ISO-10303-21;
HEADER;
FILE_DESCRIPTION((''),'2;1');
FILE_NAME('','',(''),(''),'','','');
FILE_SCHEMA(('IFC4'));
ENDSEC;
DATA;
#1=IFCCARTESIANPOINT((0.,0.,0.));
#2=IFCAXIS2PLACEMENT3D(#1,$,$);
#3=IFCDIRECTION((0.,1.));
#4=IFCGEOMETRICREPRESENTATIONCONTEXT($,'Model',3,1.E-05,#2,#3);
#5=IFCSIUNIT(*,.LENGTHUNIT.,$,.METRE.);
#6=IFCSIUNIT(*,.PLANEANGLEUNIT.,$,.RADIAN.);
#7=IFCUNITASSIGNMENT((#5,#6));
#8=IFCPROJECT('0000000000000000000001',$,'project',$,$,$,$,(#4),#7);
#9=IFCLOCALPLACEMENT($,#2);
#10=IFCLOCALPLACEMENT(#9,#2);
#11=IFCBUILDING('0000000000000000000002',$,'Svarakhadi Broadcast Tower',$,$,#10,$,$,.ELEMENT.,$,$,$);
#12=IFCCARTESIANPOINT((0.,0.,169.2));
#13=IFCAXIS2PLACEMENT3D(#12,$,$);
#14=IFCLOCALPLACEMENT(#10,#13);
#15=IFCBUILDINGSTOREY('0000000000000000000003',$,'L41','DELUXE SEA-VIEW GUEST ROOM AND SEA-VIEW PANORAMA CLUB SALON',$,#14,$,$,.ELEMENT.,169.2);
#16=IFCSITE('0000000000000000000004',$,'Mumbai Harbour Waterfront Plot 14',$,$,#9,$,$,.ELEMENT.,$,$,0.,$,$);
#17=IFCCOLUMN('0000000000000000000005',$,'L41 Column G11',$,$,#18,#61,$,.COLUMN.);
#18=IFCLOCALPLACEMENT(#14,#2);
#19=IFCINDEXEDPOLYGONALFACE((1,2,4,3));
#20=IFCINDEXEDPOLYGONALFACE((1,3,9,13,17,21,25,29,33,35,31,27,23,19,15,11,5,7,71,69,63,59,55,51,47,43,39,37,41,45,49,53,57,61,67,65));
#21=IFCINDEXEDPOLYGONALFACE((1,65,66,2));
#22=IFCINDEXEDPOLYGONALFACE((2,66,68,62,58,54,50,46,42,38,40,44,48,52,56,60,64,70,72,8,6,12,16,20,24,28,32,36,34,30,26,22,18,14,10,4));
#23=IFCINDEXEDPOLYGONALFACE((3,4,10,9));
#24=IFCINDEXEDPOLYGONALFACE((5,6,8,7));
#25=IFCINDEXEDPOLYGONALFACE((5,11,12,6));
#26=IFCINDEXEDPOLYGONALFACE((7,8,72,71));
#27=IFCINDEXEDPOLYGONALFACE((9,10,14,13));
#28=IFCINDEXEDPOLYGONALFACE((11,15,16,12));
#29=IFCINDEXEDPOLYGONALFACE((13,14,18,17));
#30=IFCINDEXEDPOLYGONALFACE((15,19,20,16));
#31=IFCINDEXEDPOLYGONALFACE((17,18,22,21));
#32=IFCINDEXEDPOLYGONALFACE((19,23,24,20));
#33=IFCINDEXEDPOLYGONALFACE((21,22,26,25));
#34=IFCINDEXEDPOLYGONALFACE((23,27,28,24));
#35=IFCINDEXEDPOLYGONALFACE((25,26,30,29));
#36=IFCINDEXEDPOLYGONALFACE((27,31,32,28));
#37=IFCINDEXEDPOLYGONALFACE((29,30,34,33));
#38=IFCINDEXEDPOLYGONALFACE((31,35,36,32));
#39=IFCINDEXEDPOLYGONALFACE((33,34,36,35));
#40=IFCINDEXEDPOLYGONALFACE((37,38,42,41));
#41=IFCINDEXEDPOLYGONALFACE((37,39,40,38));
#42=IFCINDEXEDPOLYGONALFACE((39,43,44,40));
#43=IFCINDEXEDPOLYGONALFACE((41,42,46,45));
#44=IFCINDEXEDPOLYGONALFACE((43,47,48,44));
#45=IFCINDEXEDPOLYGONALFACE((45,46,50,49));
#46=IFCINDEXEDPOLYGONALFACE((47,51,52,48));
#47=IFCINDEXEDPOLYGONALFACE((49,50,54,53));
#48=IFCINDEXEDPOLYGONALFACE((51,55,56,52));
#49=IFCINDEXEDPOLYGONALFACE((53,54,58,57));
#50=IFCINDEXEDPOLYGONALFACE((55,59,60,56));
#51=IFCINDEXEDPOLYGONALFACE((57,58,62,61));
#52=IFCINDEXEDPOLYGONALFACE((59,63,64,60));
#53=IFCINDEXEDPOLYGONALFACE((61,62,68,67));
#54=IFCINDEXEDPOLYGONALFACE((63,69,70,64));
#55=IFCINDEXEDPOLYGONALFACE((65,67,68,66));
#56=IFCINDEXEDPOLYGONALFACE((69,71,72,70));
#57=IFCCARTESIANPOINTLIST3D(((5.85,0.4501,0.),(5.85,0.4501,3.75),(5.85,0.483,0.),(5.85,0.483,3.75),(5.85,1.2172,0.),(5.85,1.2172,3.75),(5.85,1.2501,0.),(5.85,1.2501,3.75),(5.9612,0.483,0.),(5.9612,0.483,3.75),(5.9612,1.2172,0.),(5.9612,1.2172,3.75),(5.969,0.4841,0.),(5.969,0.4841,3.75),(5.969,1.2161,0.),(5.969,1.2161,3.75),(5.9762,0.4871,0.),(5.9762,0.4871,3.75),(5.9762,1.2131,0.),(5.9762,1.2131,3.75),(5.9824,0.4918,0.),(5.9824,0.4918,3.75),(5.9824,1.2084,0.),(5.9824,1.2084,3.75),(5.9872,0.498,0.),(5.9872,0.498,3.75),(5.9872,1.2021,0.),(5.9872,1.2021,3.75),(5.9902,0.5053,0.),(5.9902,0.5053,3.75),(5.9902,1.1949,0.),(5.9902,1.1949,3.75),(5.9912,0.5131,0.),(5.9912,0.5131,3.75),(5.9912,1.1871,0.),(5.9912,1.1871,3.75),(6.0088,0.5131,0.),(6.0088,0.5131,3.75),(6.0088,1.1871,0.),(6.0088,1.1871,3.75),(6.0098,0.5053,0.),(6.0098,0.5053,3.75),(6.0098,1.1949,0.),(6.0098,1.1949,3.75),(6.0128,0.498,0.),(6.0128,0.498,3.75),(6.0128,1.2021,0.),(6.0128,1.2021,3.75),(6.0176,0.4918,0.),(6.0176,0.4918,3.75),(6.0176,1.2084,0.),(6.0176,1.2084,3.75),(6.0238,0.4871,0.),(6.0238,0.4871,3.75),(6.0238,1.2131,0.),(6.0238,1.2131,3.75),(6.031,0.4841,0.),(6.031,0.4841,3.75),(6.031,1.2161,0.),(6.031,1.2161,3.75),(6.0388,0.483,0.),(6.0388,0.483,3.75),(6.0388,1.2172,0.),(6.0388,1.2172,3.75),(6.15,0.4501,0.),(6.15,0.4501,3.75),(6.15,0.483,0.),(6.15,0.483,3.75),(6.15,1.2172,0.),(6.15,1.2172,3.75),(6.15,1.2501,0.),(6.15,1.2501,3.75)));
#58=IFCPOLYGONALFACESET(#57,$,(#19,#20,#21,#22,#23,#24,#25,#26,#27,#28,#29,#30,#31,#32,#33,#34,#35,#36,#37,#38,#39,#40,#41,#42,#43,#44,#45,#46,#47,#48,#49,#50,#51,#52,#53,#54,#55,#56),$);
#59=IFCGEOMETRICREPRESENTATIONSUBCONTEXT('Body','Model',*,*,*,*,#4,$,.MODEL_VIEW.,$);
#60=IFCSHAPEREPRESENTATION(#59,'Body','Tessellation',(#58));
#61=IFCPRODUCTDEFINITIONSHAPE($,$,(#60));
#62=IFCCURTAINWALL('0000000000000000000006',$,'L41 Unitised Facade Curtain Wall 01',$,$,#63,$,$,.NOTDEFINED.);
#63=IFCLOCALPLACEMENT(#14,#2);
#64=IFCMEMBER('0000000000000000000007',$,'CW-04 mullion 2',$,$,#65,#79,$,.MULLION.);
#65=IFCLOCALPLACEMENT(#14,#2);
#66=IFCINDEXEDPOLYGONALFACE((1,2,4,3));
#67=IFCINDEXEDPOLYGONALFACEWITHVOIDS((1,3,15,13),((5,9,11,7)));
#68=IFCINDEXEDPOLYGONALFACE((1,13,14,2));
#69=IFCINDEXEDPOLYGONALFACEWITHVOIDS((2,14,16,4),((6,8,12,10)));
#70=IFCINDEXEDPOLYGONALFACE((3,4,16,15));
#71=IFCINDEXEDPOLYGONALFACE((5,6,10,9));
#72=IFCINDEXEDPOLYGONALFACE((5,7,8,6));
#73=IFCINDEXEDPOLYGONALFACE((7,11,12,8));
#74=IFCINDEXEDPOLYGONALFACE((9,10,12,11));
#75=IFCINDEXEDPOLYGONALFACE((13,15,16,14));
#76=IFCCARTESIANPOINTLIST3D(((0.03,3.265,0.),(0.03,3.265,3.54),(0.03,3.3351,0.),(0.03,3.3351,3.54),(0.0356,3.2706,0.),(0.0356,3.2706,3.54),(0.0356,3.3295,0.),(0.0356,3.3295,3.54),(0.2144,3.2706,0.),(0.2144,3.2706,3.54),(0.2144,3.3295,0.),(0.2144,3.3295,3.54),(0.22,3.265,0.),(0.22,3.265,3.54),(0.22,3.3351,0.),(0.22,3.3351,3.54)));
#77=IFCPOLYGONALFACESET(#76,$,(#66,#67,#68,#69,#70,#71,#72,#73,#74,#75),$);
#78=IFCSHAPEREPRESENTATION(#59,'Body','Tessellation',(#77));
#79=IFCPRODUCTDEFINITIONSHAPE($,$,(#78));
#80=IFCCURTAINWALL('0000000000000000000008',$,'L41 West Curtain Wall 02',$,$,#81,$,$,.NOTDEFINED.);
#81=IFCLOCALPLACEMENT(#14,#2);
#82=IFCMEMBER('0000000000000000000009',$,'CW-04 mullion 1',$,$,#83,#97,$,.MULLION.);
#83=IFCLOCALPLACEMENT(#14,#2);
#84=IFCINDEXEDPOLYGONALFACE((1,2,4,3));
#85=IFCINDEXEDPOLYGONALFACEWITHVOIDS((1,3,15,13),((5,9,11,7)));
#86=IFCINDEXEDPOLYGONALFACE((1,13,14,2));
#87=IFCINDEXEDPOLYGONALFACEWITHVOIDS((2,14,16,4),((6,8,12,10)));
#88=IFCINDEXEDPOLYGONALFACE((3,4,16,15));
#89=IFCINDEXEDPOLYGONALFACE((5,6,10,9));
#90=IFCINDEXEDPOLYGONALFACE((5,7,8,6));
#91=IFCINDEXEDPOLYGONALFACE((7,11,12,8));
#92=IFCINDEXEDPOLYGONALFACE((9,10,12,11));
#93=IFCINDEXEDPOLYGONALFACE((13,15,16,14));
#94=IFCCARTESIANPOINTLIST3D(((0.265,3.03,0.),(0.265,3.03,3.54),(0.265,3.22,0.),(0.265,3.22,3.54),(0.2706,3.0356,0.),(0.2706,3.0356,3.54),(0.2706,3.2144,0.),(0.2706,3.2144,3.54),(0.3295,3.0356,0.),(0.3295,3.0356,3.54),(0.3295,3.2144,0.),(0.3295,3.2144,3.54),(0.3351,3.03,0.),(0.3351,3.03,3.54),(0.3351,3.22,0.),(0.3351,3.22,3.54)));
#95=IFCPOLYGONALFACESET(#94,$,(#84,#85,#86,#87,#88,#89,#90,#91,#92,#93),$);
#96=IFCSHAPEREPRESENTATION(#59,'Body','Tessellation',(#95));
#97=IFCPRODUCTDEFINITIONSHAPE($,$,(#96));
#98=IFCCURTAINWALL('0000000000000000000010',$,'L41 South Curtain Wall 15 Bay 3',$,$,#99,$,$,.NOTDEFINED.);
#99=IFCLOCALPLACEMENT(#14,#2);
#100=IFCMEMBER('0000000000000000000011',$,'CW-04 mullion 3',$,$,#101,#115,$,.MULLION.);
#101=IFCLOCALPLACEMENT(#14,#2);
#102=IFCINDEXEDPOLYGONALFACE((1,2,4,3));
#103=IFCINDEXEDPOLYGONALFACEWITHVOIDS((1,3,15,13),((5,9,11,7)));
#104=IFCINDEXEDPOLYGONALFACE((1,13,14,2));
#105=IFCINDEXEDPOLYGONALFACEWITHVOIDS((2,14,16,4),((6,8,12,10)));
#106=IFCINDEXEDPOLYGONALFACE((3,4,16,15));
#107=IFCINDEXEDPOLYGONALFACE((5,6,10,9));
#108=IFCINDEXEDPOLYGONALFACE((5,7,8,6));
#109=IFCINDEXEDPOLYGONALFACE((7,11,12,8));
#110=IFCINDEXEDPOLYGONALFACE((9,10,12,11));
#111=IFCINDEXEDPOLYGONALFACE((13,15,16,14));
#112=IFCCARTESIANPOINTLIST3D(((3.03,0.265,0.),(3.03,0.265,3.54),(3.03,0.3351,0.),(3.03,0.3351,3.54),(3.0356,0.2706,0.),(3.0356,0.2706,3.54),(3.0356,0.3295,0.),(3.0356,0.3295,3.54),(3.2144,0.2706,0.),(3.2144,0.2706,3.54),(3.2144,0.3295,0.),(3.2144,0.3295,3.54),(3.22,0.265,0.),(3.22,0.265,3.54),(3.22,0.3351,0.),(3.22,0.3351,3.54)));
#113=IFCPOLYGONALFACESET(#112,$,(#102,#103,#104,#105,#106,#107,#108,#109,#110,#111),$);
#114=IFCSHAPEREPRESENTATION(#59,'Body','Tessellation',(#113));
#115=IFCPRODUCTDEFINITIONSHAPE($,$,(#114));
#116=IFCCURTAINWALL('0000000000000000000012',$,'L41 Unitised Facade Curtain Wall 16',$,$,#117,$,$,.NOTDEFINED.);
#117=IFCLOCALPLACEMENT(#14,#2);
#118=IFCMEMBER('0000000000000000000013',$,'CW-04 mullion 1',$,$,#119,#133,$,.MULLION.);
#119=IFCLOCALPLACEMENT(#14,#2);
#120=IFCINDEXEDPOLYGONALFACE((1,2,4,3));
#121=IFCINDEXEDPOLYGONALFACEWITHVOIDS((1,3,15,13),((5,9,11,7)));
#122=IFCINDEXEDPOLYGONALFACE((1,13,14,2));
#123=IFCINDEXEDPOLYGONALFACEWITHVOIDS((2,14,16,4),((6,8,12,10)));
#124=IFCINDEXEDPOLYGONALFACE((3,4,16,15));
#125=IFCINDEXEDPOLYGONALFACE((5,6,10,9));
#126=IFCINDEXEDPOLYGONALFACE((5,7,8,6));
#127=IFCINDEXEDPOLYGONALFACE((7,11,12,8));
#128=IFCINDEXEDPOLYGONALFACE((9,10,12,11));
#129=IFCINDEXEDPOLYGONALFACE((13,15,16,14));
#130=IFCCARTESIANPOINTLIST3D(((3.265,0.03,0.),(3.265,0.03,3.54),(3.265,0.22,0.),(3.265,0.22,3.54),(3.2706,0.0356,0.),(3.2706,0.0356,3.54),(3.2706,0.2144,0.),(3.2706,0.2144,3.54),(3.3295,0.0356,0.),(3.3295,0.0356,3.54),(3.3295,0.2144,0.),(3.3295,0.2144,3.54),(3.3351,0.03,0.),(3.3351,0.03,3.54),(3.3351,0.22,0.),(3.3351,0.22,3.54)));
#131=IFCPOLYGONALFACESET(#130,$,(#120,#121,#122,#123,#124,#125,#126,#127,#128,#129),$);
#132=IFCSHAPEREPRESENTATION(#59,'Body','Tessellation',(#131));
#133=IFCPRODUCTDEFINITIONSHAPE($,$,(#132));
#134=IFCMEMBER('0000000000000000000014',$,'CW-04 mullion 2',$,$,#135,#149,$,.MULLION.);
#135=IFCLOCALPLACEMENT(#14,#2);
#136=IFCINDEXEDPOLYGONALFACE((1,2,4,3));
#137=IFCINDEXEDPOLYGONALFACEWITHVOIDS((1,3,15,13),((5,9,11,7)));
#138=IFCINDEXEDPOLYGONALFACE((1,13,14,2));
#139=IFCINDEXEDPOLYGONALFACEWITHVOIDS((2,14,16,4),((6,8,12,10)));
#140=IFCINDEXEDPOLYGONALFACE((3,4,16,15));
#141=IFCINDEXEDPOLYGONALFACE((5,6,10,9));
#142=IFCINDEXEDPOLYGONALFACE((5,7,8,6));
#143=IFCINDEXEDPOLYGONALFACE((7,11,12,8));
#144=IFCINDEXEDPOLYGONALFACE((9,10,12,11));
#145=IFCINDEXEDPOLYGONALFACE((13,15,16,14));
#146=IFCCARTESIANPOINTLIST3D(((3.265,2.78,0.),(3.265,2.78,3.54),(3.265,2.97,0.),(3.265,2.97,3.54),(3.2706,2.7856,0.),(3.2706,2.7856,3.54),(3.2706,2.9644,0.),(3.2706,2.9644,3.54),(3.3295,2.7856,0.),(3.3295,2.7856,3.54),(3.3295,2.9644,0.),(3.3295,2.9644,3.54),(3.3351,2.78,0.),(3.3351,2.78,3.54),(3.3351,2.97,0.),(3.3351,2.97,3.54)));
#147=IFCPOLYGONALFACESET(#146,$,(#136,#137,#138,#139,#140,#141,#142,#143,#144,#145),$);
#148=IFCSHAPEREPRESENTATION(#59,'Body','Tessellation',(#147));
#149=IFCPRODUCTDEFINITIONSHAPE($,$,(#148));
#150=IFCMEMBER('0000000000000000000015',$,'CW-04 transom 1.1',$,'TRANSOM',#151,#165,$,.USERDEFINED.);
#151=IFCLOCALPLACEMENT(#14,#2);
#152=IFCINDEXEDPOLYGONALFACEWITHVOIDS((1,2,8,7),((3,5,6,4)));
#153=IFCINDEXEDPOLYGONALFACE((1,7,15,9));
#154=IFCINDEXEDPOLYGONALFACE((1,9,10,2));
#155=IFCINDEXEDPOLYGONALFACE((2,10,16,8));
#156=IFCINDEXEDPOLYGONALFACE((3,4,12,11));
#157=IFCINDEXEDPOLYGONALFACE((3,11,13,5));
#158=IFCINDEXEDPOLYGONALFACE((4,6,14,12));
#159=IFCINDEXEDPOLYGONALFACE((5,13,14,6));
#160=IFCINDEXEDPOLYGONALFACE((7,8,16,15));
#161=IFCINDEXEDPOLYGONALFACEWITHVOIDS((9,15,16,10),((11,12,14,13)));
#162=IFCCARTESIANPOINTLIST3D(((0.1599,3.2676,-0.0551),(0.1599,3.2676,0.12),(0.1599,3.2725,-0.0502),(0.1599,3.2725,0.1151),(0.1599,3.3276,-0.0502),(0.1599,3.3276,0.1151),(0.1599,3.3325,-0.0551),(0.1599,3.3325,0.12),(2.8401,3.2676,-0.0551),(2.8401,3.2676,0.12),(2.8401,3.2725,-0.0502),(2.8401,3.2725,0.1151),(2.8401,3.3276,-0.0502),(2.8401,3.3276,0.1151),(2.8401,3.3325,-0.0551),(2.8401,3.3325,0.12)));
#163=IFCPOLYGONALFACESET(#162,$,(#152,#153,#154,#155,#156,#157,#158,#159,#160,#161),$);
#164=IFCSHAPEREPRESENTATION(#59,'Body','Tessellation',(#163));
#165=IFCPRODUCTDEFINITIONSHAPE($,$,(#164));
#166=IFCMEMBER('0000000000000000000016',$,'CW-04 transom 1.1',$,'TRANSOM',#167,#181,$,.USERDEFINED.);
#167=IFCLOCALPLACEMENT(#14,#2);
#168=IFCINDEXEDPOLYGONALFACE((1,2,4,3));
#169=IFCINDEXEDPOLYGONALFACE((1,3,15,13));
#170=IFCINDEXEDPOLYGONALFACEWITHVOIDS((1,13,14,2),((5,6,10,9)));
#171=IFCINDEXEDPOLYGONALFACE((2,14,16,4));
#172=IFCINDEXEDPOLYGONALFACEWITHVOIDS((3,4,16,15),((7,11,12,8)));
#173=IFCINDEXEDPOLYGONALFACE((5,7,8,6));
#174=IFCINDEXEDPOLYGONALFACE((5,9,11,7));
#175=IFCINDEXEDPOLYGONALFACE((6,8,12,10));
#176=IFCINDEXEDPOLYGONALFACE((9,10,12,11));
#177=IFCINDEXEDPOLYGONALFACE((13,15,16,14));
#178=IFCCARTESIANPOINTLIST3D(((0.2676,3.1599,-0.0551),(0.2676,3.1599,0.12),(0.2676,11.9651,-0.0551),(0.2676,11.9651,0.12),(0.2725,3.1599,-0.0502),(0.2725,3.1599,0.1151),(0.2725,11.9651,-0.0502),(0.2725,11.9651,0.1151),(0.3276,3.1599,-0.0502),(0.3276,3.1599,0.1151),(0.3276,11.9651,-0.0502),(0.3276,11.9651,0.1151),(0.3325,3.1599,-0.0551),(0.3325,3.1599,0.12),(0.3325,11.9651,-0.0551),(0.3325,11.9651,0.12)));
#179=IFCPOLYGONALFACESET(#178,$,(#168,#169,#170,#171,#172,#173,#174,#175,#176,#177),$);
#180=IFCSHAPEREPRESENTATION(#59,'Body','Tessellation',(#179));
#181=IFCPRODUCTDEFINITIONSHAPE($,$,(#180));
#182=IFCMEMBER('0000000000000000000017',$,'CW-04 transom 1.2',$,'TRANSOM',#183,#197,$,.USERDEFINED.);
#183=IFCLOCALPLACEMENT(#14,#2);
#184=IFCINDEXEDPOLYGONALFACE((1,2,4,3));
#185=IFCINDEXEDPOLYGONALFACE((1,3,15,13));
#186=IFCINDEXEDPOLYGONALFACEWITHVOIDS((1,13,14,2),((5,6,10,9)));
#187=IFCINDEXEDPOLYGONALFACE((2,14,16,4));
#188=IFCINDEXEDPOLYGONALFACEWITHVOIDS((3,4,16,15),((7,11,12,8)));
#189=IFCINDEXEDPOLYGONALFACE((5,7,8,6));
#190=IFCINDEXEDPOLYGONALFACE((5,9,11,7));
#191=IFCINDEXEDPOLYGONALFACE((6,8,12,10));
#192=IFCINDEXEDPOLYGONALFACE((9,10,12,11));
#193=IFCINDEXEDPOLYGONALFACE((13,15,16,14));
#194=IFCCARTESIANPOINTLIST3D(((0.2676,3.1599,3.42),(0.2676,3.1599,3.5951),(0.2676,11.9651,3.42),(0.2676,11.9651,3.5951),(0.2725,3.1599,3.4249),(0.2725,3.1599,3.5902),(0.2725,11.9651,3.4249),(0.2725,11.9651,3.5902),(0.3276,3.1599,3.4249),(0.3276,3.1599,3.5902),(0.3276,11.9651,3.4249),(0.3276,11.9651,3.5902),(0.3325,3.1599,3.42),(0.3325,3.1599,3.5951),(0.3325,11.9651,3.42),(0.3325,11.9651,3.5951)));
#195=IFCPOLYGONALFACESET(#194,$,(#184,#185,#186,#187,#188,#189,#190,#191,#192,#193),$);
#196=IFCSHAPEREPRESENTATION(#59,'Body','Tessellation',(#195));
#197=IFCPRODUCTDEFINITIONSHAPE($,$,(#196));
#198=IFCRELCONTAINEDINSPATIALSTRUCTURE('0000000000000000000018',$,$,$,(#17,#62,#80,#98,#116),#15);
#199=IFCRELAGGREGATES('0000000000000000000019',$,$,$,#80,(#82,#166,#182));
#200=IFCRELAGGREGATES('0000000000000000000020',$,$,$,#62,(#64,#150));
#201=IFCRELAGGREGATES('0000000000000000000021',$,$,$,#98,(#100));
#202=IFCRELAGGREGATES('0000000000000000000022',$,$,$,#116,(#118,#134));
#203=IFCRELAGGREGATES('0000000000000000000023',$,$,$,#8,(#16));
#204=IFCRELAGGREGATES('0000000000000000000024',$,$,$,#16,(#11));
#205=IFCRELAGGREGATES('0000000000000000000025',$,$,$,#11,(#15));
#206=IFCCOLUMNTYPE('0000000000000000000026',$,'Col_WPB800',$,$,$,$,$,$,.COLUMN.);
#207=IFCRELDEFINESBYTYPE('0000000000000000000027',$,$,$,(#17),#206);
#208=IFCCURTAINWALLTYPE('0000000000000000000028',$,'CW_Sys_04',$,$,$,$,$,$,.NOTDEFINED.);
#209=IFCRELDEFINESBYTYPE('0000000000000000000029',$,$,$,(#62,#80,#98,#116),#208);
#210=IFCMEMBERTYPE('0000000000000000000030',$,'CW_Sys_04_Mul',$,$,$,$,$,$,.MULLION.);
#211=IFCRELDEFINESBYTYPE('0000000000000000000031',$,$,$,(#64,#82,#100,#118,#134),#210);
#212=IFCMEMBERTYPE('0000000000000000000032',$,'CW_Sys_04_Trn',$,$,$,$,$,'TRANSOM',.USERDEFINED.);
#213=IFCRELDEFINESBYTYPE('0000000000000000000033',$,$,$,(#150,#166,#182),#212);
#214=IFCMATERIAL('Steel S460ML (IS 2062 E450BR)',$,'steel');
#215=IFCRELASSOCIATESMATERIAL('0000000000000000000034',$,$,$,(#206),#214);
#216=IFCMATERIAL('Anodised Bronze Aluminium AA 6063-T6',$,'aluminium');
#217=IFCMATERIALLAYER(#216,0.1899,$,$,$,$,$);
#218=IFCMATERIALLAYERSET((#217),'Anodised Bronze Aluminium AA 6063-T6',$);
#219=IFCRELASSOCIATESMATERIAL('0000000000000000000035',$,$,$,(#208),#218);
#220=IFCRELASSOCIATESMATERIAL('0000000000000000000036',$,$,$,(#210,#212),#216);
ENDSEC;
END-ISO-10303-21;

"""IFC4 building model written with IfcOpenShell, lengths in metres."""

from ifc_helpers import new_model, si_unit, direction, frame, origin, origin_2d, place, context, subcontext, project, spatial, hollow_rectangle, i_section, extrude, material, layer, layer_set, material_profile, profile_set, type_object, element, aggregate, save


model = new_model("IFC4")

# Units and contexts
model_context = context("Model", 3, precision=1e-05, world=origin(), true_north=direction((0.0, 1.0)))
body_context = subcontext(model_context, "Body", "Model", "MODEL_VIEW")
ifc_project = project(units=[si_unit("LENGTHUNIT", "METRE"), si_unit("PLANEANGLEUNIT", "RADIAN")], contexts=[model_context])

# Site, building, storey
site_placement = place(None, origin())
site = spatial("IfcSite", under=ifc_project, at=site_placement, Name="Mumbai Harbour Waterfront Plot 14", CompositionType="ELEMENT", RefElevation=0.0)
building_placement = place(site_placement, origin())
building = spatial("IfcBuilding", under=site, at=building_placement, Name="Svarakhadi Broadcast Tower", CompositionType="ELEMENT")
storey_placement = place(building_placement, frame((0.0, 0.0, 169.2)))
storey = spatial("IfcBuildingStorey", under=building, at=storey_placement, Name="L41", Description="DELUXE SEA-VIEW GUEST ROOM AND SEA-VIEW PANORAMA CLUB SALON", CompositionType="ELEMENT", Elevation=169.2)

# Column
ifc_material_1 = material(Name="Steel S460ML (IS 2062 E450BR)", Category="steel")
ifc_material_profile_1 = material_profile(ifc_material_1, i_section(OverallWidth=0.3, OverallDepth=0.8, WebThickness=0.0176, FlangeThickness=0.033, FilletRadius=0.03, at=origin_2d()), Name="WPB 800x300x262")
ifc_profile_set_1 = profile_set([ifc_material_profile_1], Name="Steel S460ML (IS 2062 E450BR)")
column_type = type_object("IfcColumnType", Name="Col_WPB800", PredefinedType="COLUMN", material=ifc_profile_set_1)
column_placement = place(storey_placement, frame((6.0, 0.8501, 0.0), z_axis=(0.0, 0.0, 1.0), x_axis=(1.0, 0.0, 0.0)))
element("IfcColumn", 1, at=column_placement, inside=storey, type_object=column_type, Name="L41 Column G11", PredefinedType="COLUMN", context=body_context, shape_type="SweptSolid", body=[
    extrude(i_section(OverallWidth=0.3, OverallDepth=0.8, WebThickness=0.0176, FlangeThickness=0.033, FilletRadius=0.03, at=origin_2d()), origin(), (0.0, 0.0, 1.0), 3.75),
])

# Curtain walls, members
ifc_material_2 = material(Name="Anodised Bronze Aluminium AA 6063-T6", Category="aluminium")
ifc_layer_1 = layer(ifc_material_2, 0.1899)
ifc_layer_set_1 = layer_set([ifc_layer_1], Name="Anodised Bronze Aluminium AA 6063-T6")
curtain_wall_type = type_object("IfcCurtainWallType", Name="CW_Sys_04", PredefinedType="NOTDEFINED", material=ifc_layer_set_1)
curtain_wall_1_placement = place(storey_placement, origin())
curtain_wall_1 = element("IfcCurtainWall", 2, at=curtain_wall_1_placement, inside=storey, type_object=curtain_wall_type, Name="L41 Unitised Facade Curtain Wall 01", PredefinedType="NOTDEFINED")
ifc_material_profile_2 = material_profile(ifc_material_2, hollow_rectangle(XDim=0.0701, YDim=0.1899, WallThickness=0.0056, at=origin_2d()), Name="ALU MULLION 190x70x6")
ifc_profile_set_2 = profile_set([ifc_material_profile_2], Name="Anodised Bronze Aluminium AA 6063-T6")
member_type_1 = type_object("IfcMemberType", Name="CW_Sys_04_Mul", PredefinedType="MULLION", material=ifc_profile_set_2)
member_1_placement = place(storey_placement, frame((0.125, 3.3, 0.0), z_axis=(0.0, 0.0, 1.0), x_axis=(0.0, -1.0, 0.0)))
member_1 = element("IfcMember", 3, at=member_1_placement, type_object=member_type_1, Name="CW-04 mullion 2", PredefinedType="MULLION", context=body_context, shape_type="SweptSolid", body=[
    extrude(hollow_rectangle(XDim=0.0701, YDim=0.1899, WallThickness=0.0056, at=origin_2d()), origin(), (0.0, 0.0, 1.0), 3.54),
])
curtain_wall_2_placement = place(storey_placement, origin())
curtain_wall_2 = element("IfcCurtainWall", 4, at=curtain_wall_2_placement, inside=storey, type_object=curtain_wall_type, Name="L41 West Curtain Wall 02", PredefinedType="NOTDEFINED")
member_2_placement = place(storey_placement, frame((0.3, 3.125, 0.0), z_axis=(0.0, 0.0, 1.0), x_axis=(-1.0, 0.0, 0.0)))
member_2 = element("IfcMember", 5, at=member_2_placement, type_object=member_type_1, Name="CW-04 mullion 1", PredefinedType="MULLION", context=body_context, shape_type="SweptSolid", body=[
    extrude(hollow_rectangle(XDim=0.0701, YDim=0.1899, WallThickness=0.0056, at=origin_2d()), origin(), (0.0, 0.0, 1.0), 3.54),
])
curtain_wall_3_placement = place(storey_placement, origin())
curtain_wall_3 = element("IfcCurtainWall", 6, at=curtain_wall_3_placement, inside=storey, type_object=curtain_wall_type, Name="L41 South Curtain Wall 15 Bay 3", PredefinedType="NOTDEFINED")
member_3_placement = place(storey_placement, frame((3.125, 0.3, 0.0), z_axis=(0.0, 0.0, 1.0), x_axis=(0.0, -1.0, 0.0)))
member_3 = element("IfcMember", 7, at=member_3_placement, type_object=member_type_1, Name="CW-04 mullion 3", PredefinedType="MULLION", context=body_context, shape_type="SweptSolid", body=[
    extrude(hollow_rectangle(XDim=0.0701, YDim=0.1899, WallThickness=0.0056, at=origin_2d()), origin(), (0.0, 0.0, 1.0), 3.54),
])

# Curtain wall, members
curtain_wall_4_placement = place(storey_placement, origin())
curtain_wall_4 = element("IfcCurtainWall", 8, at=curtain_wall_4_placement, inside=storey, type_object=curtain_wall_type, Name="L41 Unitised Facade Curtain Wall 16", PredefinedType="NOTDEFINED")
member_4_placement = place(storey_placement, frame((3.3, 0.125, 0.0), z_axis=(0.0, 0.0, 1.0), x_axis=(-1.0, 0.0, 0.0)))
member_4 = element("IfcMember", 9, at=member_4_placement, type_object=member_type_1, Name="CW-04 mullion 1", PredefinedType="MULLION", context=body_context, shape_type="SweptSolid", body=[
    extrude(hollow_rectangle(XDim=0.0701, YDim=0.1899, WallThickness=0.0056, at=origin_2d()), origin(), (0.0, 0.0, 1.0), 3.54),
])
member_5_placement = place(storey_placement, frame((3.3, 2.875, 0.0), z_axis=(0.0, 0.0, 1.0), x_axis=(-1.0, 0.0, 0.0)))
member_5 = element("IfcMember", 10, at=member_5_placement, type_object=member_type_1, Name="CW-04 mullion 2", PredefinedType="MULLION", context=body_context, shape_type="SweptSolid", body=[
    extrude(hollow_rectangle(XDim=0.0701, YDim=0.1899, WallThickness=0.0056, at=origin_2d()), origin(), (0.0, 0.0, 1.0), 3.54),
])

# Members
ifc_material_profile_3 = material_profile(ifc_material_2, hollow_rectangle(XDim=0.0649, YDim=0.175, WallThickness=0.0049, at=origin_2d()), Name="ALU TRANSOM 175x65x5")
ifc_profile_set_3 = profile_set([ifc_material_profile_3], Name="Anodised Bronze Aluminium AA 6063-T6")
member_type_2 = type_object("IfcMemberType", Name="CW_Sys_04_Trn", ElementType="TRANSOM", PredefinedType="USERDEFINED", material=ifc_profile_set_3)
member_6_placement = place(storey_placement, frame((2.8401, 3.3, 0.0325), z_axis=(-1.0, 0.0, 0.0), x_axis=(0.0, -1.0, 0.0)))
member_6 = element("IfcMember", 11, at=member_6_placement, type_object=member_type_2, Name="CW-04 transom 1.1", ObjectType="TRANSOM", PredefinedType="USERDEFINED", context=body_context, shape_type="SweptSolid", body=[
    extrude(hollow_rectangle(XDim=0.0649, YDim=0.175, WallThickness=0.0049, at=origin_2d()), origin(), (0.0, 0.0, 1.0), 2.6802),
])
member_7_placement = place(storey_placement, frame((0.3, 3.1599, 0.0325), z_axis=(0.0, 1.0, 0.0), x_axis=(-1.0, 0.0, 0.0)))
member_7 = element("IfcMember", 12, at=member_7_placement, type_object=member_type_2, Name="CW-04 transom 1.1", ObjectType="TRANSOM", PredefinedType="USERDEFINED", context=body_context, shape_type="SweptSolid", body=[
    extrude(hollow_rectangle(XDim=0.0649, YDim=0.175, WallThickness=0.0049, at=origin_2d()), origin(), (0.0, 0.0, 1.0), 8.8052),
])
member_8_placement = place(storey_placement, frame((0.3, 3.1599, 3.5076), z_axis=(0.0, 1.0, 0.0), x_axis=(-1.0, 0.0, 0.0)))
member_8 = element("IfcMember", 13, at=member_8_placement, type_object=member_type_2, Name="CW-04 transom 1.2", ObjectType="TRANSOM", PredefinedType="USERDEFINED", context=body_context, shape_type="SweptSolid", body=[
    extrude(hollow_rectangle(XDim=0.0649, YDim=0.175, WallThickness=0.0049, at=origin_2d()), origin(), (0.0, 0.0, 1.0), 8.8052),
])
aggregate(curtain_wall_2, [member_2, member_7, member_8])

aggregate(curtain_wall_1, [member_1, member_6])
aggregate(curtain_wall_3, [member_3])
aggregate(curtain_wall_4, [member_4, member_5])

save(model, "model.ifc")
